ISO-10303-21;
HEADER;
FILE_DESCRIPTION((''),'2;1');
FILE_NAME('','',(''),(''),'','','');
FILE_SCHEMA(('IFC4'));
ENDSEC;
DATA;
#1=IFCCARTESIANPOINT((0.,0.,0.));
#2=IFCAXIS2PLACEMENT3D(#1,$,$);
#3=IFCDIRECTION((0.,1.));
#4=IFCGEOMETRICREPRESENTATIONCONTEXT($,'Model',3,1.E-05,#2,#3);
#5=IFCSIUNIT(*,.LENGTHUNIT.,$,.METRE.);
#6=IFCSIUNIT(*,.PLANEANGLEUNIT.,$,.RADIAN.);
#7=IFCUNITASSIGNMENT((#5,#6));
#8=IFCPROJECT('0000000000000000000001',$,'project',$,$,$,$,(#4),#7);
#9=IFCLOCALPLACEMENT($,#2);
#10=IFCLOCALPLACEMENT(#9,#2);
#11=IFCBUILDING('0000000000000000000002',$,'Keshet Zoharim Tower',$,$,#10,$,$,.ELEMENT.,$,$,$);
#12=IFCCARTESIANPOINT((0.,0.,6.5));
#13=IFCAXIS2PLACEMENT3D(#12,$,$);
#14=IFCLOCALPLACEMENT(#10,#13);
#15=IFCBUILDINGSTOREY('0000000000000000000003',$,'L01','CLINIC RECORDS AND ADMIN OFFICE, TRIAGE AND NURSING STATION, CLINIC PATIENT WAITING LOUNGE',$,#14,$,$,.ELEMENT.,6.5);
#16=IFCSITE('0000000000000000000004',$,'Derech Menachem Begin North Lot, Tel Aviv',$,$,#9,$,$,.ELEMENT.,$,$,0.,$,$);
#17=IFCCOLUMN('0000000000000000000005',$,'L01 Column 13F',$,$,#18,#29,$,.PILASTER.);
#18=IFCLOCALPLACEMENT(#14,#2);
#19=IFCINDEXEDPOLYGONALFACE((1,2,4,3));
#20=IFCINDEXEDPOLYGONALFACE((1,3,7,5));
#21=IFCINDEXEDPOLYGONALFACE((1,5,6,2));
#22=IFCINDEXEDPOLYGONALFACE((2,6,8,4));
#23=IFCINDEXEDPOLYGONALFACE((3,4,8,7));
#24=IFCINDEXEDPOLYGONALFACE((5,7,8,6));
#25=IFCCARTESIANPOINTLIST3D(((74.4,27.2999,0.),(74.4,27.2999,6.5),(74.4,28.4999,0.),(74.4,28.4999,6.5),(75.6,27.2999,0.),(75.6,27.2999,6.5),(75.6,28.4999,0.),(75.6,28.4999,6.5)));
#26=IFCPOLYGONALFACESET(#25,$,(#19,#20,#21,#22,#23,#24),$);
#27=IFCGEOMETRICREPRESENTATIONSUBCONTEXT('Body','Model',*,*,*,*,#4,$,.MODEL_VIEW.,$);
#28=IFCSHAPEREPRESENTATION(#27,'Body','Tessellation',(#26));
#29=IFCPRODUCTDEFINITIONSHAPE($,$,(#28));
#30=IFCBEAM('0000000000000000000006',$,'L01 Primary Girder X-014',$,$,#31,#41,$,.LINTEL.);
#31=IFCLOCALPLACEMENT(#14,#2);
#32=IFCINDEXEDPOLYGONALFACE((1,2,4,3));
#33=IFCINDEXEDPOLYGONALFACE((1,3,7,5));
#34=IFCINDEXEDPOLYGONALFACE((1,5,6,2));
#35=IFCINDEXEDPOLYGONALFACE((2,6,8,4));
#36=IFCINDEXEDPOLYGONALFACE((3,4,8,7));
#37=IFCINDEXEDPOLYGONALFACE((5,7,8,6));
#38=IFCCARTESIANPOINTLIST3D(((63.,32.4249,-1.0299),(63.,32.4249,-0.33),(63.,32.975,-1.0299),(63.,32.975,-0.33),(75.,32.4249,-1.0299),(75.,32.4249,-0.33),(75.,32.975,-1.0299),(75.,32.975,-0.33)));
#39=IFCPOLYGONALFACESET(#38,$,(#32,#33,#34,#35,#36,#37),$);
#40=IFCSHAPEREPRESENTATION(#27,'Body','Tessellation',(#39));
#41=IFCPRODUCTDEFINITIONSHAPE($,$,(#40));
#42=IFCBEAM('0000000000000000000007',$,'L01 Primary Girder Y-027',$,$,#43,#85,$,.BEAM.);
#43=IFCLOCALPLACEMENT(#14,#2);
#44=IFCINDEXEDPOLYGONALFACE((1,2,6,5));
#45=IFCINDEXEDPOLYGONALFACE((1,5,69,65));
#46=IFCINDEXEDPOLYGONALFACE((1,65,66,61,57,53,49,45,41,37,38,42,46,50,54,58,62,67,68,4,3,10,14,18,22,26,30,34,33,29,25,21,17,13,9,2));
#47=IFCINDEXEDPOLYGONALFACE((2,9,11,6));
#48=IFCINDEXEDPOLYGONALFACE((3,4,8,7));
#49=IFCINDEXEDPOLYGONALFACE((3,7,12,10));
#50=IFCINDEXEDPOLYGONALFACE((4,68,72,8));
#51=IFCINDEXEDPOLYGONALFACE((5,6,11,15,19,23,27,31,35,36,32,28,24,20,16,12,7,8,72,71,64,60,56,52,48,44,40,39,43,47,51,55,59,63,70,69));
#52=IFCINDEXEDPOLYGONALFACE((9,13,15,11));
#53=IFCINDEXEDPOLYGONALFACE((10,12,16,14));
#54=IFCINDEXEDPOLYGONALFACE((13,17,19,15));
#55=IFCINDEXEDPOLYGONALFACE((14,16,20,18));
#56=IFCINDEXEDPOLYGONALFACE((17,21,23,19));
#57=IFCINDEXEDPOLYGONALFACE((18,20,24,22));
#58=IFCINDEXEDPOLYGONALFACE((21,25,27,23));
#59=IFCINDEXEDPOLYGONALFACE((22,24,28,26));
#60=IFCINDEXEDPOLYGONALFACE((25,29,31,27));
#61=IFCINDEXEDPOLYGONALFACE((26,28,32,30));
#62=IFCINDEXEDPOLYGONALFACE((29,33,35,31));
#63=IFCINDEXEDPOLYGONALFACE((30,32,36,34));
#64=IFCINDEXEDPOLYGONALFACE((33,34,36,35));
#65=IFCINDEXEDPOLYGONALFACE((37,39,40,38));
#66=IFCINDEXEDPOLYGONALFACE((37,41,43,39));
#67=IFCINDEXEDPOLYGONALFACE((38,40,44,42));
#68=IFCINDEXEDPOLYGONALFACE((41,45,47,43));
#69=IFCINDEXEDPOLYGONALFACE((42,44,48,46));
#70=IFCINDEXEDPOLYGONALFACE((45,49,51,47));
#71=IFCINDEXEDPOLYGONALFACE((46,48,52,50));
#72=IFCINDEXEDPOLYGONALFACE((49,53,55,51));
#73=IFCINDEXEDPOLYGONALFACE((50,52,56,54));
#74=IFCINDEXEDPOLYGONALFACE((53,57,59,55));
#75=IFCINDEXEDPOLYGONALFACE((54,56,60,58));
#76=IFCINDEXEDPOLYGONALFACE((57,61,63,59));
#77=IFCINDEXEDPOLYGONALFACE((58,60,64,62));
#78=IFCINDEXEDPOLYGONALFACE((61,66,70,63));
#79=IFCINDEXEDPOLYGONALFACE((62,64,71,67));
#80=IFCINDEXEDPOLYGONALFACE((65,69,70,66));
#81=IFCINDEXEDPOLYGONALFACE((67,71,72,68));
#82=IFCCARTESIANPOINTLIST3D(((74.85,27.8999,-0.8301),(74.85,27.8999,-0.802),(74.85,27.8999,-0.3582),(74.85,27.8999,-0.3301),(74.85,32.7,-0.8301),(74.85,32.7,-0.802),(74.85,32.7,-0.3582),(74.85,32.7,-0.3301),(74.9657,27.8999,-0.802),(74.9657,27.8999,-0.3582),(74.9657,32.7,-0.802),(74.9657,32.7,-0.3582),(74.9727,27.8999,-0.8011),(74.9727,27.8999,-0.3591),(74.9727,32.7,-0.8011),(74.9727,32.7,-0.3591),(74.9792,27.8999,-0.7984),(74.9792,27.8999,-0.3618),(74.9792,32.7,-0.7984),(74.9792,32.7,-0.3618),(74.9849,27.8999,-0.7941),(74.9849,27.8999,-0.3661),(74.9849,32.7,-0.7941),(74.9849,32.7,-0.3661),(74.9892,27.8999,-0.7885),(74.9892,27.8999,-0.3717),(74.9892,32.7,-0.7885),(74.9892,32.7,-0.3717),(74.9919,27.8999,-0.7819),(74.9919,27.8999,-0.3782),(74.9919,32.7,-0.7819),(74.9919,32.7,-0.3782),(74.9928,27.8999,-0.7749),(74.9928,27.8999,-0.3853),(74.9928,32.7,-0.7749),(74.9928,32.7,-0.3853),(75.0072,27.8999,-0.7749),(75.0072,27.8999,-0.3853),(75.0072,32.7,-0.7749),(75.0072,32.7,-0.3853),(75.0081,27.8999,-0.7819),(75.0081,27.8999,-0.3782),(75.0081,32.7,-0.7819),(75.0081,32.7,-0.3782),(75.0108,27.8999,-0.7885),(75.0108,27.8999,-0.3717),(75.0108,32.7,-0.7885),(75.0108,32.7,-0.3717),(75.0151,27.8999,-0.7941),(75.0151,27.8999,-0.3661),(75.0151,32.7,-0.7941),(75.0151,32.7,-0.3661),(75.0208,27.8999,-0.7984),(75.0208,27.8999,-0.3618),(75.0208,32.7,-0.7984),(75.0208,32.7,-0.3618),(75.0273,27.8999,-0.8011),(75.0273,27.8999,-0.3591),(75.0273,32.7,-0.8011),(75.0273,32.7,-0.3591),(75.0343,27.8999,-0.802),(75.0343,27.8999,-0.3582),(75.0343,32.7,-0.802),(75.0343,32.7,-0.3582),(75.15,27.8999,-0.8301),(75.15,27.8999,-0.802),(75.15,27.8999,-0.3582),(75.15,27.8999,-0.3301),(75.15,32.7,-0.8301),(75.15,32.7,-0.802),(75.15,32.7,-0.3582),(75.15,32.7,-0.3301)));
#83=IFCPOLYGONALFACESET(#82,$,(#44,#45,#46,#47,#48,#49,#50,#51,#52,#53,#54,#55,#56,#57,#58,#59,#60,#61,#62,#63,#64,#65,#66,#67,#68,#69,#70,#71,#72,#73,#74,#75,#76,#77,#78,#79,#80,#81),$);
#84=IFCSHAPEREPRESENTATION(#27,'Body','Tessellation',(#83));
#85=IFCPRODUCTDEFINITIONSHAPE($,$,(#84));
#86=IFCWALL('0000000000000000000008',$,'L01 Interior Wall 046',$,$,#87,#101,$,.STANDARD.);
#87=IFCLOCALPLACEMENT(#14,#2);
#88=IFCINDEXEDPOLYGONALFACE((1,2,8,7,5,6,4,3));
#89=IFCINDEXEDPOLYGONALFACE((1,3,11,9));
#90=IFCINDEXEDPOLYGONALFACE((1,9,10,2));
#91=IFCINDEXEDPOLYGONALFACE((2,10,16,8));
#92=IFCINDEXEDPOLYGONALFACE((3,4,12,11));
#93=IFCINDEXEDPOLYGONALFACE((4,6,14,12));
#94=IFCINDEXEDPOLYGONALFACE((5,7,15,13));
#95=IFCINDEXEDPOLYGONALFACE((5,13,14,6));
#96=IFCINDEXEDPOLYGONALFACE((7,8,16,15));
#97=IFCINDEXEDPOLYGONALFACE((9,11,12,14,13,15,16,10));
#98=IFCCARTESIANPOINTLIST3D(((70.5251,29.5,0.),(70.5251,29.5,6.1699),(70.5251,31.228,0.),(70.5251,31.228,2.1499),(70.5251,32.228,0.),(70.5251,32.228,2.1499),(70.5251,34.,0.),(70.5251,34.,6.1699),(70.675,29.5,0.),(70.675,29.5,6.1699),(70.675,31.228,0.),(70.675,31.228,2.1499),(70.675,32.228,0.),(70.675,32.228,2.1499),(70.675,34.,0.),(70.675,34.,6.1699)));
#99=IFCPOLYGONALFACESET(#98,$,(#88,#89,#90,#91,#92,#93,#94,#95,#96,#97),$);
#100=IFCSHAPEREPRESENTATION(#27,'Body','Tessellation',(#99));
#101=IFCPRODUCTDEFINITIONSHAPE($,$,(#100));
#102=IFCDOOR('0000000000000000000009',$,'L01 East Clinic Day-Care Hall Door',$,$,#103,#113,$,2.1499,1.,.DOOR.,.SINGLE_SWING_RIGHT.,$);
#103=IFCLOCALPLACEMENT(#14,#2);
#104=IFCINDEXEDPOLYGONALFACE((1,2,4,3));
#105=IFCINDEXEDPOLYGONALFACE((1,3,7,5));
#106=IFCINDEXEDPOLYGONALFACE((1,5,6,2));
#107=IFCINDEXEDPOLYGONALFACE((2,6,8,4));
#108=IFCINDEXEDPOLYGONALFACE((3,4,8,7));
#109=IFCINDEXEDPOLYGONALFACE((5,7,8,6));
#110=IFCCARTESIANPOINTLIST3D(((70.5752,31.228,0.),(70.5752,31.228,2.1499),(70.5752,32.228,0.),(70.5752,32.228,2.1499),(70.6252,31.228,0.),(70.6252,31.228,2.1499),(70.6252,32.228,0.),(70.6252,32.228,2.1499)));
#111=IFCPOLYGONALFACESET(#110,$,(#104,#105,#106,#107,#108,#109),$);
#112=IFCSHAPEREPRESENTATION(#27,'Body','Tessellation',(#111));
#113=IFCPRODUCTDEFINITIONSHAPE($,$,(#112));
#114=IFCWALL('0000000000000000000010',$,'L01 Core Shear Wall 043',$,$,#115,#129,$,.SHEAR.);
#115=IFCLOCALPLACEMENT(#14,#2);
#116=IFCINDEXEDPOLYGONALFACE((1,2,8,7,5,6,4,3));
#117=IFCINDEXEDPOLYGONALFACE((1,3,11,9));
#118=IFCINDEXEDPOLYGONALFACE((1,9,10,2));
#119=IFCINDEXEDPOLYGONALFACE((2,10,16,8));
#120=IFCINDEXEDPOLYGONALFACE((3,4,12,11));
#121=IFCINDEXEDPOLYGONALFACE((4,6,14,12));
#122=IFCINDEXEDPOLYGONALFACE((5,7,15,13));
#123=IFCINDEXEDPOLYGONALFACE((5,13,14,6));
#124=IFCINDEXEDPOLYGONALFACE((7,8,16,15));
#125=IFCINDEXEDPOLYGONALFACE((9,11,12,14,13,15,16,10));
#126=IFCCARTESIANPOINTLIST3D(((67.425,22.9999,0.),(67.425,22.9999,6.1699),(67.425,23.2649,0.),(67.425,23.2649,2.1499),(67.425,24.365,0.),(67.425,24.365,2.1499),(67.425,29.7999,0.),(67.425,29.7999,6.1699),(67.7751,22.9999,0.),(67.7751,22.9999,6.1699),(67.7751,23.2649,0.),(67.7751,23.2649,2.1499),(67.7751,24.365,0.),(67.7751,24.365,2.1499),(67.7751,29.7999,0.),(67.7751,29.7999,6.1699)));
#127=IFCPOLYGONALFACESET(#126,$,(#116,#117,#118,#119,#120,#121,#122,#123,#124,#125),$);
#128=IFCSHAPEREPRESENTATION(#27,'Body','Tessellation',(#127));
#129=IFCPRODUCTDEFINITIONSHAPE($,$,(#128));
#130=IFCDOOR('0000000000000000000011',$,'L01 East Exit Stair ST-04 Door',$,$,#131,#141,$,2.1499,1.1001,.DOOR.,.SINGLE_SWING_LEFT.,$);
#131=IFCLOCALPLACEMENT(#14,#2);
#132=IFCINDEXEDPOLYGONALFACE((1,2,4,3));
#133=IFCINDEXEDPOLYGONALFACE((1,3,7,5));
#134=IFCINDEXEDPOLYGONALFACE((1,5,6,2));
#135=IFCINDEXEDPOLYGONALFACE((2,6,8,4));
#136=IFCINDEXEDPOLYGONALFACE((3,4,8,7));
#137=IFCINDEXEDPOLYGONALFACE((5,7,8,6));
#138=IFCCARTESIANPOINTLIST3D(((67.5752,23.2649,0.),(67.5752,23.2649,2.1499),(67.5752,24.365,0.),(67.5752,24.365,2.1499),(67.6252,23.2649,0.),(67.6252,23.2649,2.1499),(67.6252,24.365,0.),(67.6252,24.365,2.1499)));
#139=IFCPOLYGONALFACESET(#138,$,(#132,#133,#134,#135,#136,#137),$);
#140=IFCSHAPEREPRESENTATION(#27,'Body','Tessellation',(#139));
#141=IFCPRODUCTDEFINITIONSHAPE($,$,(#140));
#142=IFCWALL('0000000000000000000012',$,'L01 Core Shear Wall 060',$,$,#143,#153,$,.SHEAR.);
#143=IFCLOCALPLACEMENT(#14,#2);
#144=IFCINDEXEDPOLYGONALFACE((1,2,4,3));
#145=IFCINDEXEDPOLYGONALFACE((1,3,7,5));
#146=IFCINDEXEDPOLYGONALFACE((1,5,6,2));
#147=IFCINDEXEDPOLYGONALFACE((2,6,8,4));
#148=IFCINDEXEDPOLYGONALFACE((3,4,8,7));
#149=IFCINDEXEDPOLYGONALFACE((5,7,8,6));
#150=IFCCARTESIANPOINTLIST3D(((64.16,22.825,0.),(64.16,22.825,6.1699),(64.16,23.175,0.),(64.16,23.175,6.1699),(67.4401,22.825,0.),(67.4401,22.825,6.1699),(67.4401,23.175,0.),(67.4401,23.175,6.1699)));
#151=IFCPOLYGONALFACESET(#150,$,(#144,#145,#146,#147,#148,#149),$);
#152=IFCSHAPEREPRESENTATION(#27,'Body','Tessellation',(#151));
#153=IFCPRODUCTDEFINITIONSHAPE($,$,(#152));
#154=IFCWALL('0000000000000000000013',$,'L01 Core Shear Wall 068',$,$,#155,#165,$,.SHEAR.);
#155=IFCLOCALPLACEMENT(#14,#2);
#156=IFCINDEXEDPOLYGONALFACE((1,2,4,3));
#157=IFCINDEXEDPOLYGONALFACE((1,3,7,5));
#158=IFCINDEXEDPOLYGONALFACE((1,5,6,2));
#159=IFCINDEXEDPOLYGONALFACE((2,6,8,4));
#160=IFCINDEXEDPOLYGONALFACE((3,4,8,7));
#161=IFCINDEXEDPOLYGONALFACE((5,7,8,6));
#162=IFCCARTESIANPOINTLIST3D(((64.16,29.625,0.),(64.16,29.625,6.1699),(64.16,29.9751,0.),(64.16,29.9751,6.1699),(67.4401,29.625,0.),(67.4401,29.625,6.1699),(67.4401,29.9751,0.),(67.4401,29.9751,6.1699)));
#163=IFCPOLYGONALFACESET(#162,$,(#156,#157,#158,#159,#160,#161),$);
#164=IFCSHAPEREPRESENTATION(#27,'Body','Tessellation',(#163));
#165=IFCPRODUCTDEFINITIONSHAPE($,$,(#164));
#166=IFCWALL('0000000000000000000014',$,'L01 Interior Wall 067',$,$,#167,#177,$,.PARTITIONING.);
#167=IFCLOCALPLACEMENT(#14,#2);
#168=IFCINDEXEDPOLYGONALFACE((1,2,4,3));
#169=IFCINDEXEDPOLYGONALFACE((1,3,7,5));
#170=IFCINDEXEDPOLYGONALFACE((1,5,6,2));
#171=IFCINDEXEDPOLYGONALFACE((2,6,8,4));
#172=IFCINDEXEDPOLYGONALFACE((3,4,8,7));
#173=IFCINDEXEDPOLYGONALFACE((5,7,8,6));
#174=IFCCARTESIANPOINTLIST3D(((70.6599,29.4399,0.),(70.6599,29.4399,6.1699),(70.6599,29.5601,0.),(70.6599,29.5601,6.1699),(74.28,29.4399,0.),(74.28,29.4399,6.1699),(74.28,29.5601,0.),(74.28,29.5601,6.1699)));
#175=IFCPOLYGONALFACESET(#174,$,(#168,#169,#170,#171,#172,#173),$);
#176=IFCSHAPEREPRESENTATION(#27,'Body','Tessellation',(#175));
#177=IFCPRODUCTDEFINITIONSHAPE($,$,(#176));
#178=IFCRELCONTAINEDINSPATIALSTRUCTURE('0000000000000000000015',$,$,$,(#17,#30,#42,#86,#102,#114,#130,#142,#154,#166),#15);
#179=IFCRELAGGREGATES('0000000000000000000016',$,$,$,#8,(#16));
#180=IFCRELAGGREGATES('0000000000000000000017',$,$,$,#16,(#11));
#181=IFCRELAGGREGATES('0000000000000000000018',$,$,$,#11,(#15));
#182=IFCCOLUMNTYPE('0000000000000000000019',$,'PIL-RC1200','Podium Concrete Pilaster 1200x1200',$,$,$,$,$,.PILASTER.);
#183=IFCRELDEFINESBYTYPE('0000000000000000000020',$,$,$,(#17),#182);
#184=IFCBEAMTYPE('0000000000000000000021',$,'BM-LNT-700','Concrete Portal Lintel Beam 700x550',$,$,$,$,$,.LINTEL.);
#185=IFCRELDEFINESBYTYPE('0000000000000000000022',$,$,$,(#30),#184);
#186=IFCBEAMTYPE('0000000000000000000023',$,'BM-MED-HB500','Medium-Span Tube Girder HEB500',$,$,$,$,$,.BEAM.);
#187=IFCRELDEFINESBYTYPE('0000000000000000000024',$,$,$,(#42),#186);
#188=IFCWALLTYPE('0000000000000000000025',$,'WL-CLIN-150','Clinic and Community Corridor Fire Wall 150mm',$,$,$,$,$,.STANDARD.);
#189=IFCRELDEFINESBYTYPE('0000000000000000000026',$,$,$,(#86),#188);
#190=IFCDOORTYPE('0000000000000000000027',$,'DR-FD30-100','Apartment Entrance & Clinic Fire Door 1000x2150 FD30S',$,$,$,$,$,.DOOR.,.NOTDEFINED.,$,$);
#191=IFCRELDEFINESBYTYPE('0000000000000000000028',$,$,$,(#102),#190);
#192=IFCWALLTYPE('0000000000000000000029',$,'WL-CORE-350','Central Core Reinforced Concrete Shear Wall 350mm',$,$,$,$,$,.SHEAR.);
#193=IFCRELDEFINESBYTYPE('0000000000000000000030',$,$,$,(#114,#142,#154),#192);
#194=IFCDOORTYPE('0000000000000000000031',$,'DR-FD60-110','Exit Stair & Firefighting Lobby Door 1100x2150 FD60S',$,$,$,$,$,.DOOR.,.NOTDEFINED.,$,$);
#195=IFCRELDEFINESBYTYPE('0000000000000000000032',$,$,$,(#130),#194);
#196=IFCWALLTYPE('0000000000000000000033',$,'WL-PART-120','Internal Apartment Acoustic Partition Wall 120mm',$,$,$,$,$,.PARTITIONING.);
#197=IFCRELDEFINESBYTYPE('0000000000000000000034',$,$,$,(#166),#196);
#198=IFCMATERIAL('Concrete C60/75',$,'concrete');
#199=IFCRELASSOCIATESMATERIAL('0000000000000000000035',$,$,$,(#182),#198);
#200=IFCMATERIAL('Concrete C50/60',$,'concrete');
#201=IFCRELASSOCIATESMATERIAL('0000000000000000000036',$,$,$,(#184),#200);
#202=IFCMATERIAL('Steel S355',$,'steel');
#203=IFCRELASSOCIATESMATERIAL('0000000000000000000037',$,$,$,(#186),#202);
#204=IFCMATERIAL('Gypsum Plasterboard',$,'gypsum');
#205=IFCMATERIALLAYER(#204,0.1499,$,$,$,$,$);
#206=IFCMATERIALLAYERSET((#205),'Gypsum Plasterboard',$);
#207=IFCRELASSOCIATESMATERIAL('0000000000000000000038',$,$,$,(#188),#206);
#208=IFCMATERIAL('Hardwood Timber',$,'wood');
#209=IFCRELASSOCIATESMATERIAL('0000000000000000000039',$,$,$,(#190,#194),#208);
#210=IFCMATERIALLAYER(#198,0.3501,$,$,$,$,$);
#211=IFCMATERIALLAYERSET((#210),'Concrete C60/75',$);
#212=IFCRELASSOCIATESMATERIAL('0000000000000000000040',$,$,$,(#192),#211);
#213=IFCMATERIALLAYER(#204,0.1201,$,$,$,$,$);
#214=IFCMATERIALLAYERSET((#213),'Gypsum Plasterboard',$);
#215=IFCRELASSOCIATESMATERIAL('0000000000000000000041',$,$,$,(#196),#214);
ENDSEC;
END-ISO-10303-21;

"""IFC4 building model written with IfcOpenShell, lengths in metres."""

from ifc_helpers import new_model, si_unit, direction, frame, frame_2d, origin, origin_2d, place, context, subcontext, project, spatial, rectangle, i_section, extrude, material, layer, layer_set, material_profile, profile_set, type_object, element, fill, save


model = new_model("IFC4")

# Units and contexts
model_context = context("Model", 3, precision=1e-05, world=origin(), true_north=direction((0.0, 1.0)))
body_context = subcontext(model_context, "Body", "Model", "MODEL_VIEW")
ifc_project = project(units=[si_unit("LENGTHUNIT", "METRE"), si_unit("PLANEANGLEUNIT", "RADIAN")], contexts=[model_context])

# Site, building, storey
site_placement = place(None, origin())
site = spatial("IfcSite", under=ifc_project, at=site_placement, Name="Derech Menachem Begin North Lot, Tel Aviv", CompositionType="ELEMENT", RefElevation=0.0)
building_placement = place(site_placement, origin())
building = spatial("IfcBuilding", under=site, at=building_placement, Name="Keshet Zoharim Tower", CompositionType="ELEMENT")
storey_placement = place(building_placement, frame((0.0, 0.0, 6.5)))
storey = spatial("IfcBuildingStorey", under=building, at=storey_placement, Name="L01", Description="CLINIC RECORDS AND ADMIN OFFICE, TRIAGE AND NURSING STATION, CLINIC PATIENT WAITING LOUNGE", CompositionType="ELEMENT", Elevation=6.5)

# Column
ifc_material_1 = material(Name="Concrete C60/75", Category="concrete")
ifc_material_profile_1 = material_profile(ifc_material_1, rectangle(XDim=1.2, YDim=1.2, at=origin_2d()), Name="RC1200x1200")
ifc_profile_set_1 = profile_set([ifc_material_profile_1], Name="Concrete C60/75")
column_type = type_object("IfcColumnType", Name="PIL-RC1200", Description="Podium Concrete Pilaster 1200x1200", PredefinedType="PILASTER", material=ifc_profile_set_1)
column_placement = place(storey_placement, frame((75.0, 27.8999, 0.0), z_axis=(0.0, 0.0, 1.0), x_axis=(1.0, 0.0, 0.0)))
element("IfcColumn", 1, at=column_placement, inside=storey, type_object=column_type, Name="L01 Column 13F", PredefinedType="PILASTER", context=body_context, shape_type="SweptSolid", body=[
    extrude(rectangle(XDim=1.2, YDim=1.2, at=origin_2d()), origin(), (0.0, 0.0, 1.0), 6.5),
])

# Beams
ifc_material_2 = material(Name="Concrete C50/60", Category="concrete")
ifc_material_profile_2 = material_profile(ifc_material_2, rectangle(XDim=0.55, YDim=0.7, at=origin_2d()), Name="RC700x550")
ifc_profile_set_2 = profile_set([ifc_material_profile_2], Name="Concrete C50/60")
beam_type_1 = type_object("IfcBeamType", Name="BM-LNT-700", Description="Concrete Portal Lintel Beam 700x550", PredefinedType="LINTEL", material=ifc_profile_set_2)
beam_1_placement = place(storey_placement, frame((63.0, 32.7, -0.6799), z_axis=(1.0, 0.0, 0.0), x_axis=(0.0, 1.0, 0.0)))
element("IfcBeam", 2, at=beam_1_placement, inside=storey, type_object=beam_type_1, Name="L01 Primary Girder X-014", PredefinedType="LINTEL", context=body_context, shape_type="SweptSolid", body=[
    extrude(rectangle(XDim=0.55, YDim=0.7, at=origin_2d()), origin(), (0.0, 0.0, 1.0), 12.0),
])
ifc_material_3 = material(Name="Steel S355", Category="steel")
ifc_material_profile_3 = material_profile(ifc_material_3, i_section(OverallWidth=0.3, OverallDepth=0.5, WebThickness=0.0144, FlangeThickness=0.0281, FilletRadius=0.0271, at=origin_2d()), Name="HEB500")
ifc_profile_set_3 = profile_set([ifc_material_profile_3], Name="Steel S355")
beam_type_2 = type_object("IfcBeamType", Name="BM-MED-HB500", Description="Medium-Span Tube Girder HEB500", PredefinedType="BEAM", material=ifc_profile_set_3)
beam_2_placement = place(storey_placement, frame((75.0, 27.8999, -0.5801), z_axis=(0.0, 1.0, 0.0), x_axis=(-1.0, 0.0, 0.0)))
element("IfcBeam", 3, at=beam_2_placement, inside=storey, type_object=beam_type_2, Name="L01 Primary Girder Y-027", PredefinedType="BEAM", context=body_context, shape_type="SweptSolid", body=[
    extrude(i_section(OverallWidth=0.3, OverallDepth=0.5, WebThickness=0.0144, FlangeThickness=0.0281, FilletRadius=0.0271, at=origin_2d()), origin(), (0.0, 0.0, 1.0), 4.8),
])

# Walls, openings, doors
ifc_material_4 = material(Name="Gypsum Plasterboard", Category="gypsum")
ifc_layer_1 = layer(ifc_material_4, 0.1499)
ifc_layer_set_1 = layer_set([ifc_layer_1], Name="Gypsum Plasterboard")
wall_type_1 = type_object("IfcWallType", Name="WL-CLIN-150", Description="Clinic and Community Corridor Fire Wall 150mm", PredefinedType="STANDARD", material=ifc_layer_set_1)
wall_1_placement = place(storey_placement, frame((70.6001, 29.5, 0.0), z_axis=(0.0, 0.0, 1.0), x_axis=(0.0, 1.0, 0.0)))
wall_1 = element("IfcWall", 4, at=wall_1_placement, inside=storey, type_object=wall_type_1, Name="L01 Interior Wall 046", PredefinedType="STANDARD", context=body_context, shape_type="SweptSolid", body=[
    extrude(rectangle(XDim=4.5, YDim=0.1499, at=frame_2d((2.25, 0.0))), origin(), (0.0, 0.0, 1.0), 6.1699),
])
opening_1_placement = place(wall_1_placement, frame((1.728, 0.0, 0.0)))
opening_1 = element("IfcOpeningElement", 5, at=opening_1_placement, cuts=wall_1, PredefinedType="OPENING", context=body_context, shape_type="SweptSolid", body=[
    extrude(rectangle(XDim=1.0, YDim=2.1499, at=frame_2d((0.5, 1.075))), frame((0.0, 0.085, 0.0), z_axis=(0.0, -1.0, 0.0), x_axis=(1.0, 0.0, 0.0)), (0.0, 0.0, 1.0), 0.1699),
])
ifc_material_5 = material(Name="Hardwood Timber", Category="wood")
door_type_1 = type_object("IfcDoorType", Name="DR-FD30-100", Description="Apartment Entrance & Clinic Fire Door 1000x2150 FD30S", OperationType="NOTDEFINED", PredefinedType="DOOR", material=ifc_material_5)
door_1_placement = place(opening_1_placement, origin())
door_1 = element("IfcDoor", 6, at=door_1_placement, inside=storey, type_object=door_type_1, Name="L01 East Clinic Day-Care Hall Door", OperationType="SINGLE_SWING_RIGHT", OverallHeight=2.1499, OverallWidth=1.0, PredefinedType="DOOR", context=body_context, shape_type="SweptSolid", body=[
    extrude(rectangle(XDim=1.0, YDim=2.1499, at=frame_2d((0.5, 1.075))), frame((0.0, 0.0249, 0.0), z_axis=(0.0, -1.0, 0.0), x_axis=(1.0, 0.0, 0.0)), (0.0, 0.0, 1.0), 0.05),
])
fill(opening_1, door_1)
ifc_layer_2 = layer(ifc_material_1, 0.3501)
ifc_layer_set_2 = layer_set([ifc_layer_2], Name="Concrete C60/75")
wall_type_2 = type_object("IfcWallType", Name="WL-CORE-350", Description="Central Core Reinforced Concrete Shear Wall 350mm", PredefinedType="SHEAR", material=ifc_layer_set_2)
wall_2_placement = place(storey_placement, frame((67.6001, 23.0, 0.0), z_axis=(0.0, 0.0, 1.0), x_axis=(0.0, 1.0, 0.0)))
wall_2 = element("IfcWall", 7, at=wall_2_placement, inside=storey, type_object=wall_type_2, Name="L01 Core Shear Wall 043", PredefinedType="SHEAR", context=body_context, shape_type="SweptSolid", body=[
    extrude(rectangle(XDim=6.8, YDim=0.3501, at=frame_2d((3.3999, 0.0))), origin(), (0.0, 0.0, 1.0), 6.1699),
])
opening_2_placement = place(wall_2_placement, frame((0.2649, 0.0, 0.0)))
opening_2 = element("IfcOpeningElement", 8, at=opening_2_placement, cuts=wall_2, PredefinedType="OPENING", context=body_context, shape_type="SweptSolid", body=[
    extrude(rectangle(XDim=1.1001, YDim=2.1499, at=frame_2d((0.55, 1.075))), frame((0.0, 0.1851, 0.0), z_axis=(0.0, -1.0, 0.0), x_axis=(1.0, 0.0, 0.0)), (0.0, 0.0, 1.0), 0.3701),
])
door_type_2 = type_object("IfcDoorType", Name="DR-FD60-110", Description="Exit Stair & Firefighting Lobby Door 1100x2150 FD60S", OperationType="NOTDEFINED", PredefinedType="DOOR", material=ifc_material_5)
door_2_placement = place(opening_2_placement, origin())
door_2 = element("IfcDoor", 9, at=door_2_placement, inside=storey, type_object=door_type_2, Name="L01 East Exit Stair ST-04 Door", OperationType="SINGLE_SWING_LEFT", OverallHeight=2.1499, OverallWidth=1.1001, PredefinedType="DOOR", context=body_context, shape_type="SweptSolid", body=[
    extrude(rectangle(XDim=1.1001, YDim=2.1499, at=frame_2d((0.55, 1.075))), frame((0.0, 0.0249, 0.0), z_axis=(0.0, -1.0, 0.0), x_axis=(1.0, 0.0, 0.0)), (0.0, 0.0, 1.0), 0.05),
])
fill(opening_2, door_2)

# Walls
for number, where, z_axis, x_axis, name in (
    (10, (64.1599, 23.0, 0.0), (0.0, 0.0, 1.0), (1.0, 0.0, 0.0), "L01 Core Shear Wall 060"),
    (11, (64.1599, 29.8, 0.0), (0.0, 0.0, 1.0), (1.0, 0.0, 0.0), "L01 Core Shear Wall 068"),
):
    element("IfcWall", number, at=place(storey_placement, frame(where, z_axis=z_axis, x_axis=x_axis)), inside=storey, type_object=wall_type_2, Name=name, PredefinedType="SHEAR", context=body_context, shape_type="SweptSolid", body=[
        extrude(rectangle(XDim=3.28, YDim=0.3501, at=frame_2d((1.6401, 0.0))), origin(), (0.0, 0.0, 1.0), 6.1699),
    ])
ifc_layer_3 = layer(ifc_material_4, 0.1201)
ifc_layer_set_3 = layer_set([ifc_layer_3], Name="Gypsum Plasterboard")
wall_type_3 = type_object("IfcWallType", Name="WL-PART-120", Description="Internal Apartment Acoustic Partition Wall 120mm", PredefinedType="PARTITIONING", material=ifc_layer_set_3)
wall_3_placement = place(storey_placement, frame((70.6599, 29.5, 0.0), z_axis=(0.0, 0.0, 1.0), x_axis=(1.0, 0.0, 0.0)))
element("IfcWall", 12, at=wall_3_placement, inside=storey, type_object=wall_type_3, Name="L01 Interior Wall 067", PredefinedType="PARTITIONING", context=body_context, shape_type="SweptSolid", body=[
    extrude(rectangle(XDim=3.6201, YDim=0.1201, at=frame_2d((1.8101, 0.0))), origin(), (0.0, 0.0, 1.0), 6.1699),
])

save(model, "model.ifc")
